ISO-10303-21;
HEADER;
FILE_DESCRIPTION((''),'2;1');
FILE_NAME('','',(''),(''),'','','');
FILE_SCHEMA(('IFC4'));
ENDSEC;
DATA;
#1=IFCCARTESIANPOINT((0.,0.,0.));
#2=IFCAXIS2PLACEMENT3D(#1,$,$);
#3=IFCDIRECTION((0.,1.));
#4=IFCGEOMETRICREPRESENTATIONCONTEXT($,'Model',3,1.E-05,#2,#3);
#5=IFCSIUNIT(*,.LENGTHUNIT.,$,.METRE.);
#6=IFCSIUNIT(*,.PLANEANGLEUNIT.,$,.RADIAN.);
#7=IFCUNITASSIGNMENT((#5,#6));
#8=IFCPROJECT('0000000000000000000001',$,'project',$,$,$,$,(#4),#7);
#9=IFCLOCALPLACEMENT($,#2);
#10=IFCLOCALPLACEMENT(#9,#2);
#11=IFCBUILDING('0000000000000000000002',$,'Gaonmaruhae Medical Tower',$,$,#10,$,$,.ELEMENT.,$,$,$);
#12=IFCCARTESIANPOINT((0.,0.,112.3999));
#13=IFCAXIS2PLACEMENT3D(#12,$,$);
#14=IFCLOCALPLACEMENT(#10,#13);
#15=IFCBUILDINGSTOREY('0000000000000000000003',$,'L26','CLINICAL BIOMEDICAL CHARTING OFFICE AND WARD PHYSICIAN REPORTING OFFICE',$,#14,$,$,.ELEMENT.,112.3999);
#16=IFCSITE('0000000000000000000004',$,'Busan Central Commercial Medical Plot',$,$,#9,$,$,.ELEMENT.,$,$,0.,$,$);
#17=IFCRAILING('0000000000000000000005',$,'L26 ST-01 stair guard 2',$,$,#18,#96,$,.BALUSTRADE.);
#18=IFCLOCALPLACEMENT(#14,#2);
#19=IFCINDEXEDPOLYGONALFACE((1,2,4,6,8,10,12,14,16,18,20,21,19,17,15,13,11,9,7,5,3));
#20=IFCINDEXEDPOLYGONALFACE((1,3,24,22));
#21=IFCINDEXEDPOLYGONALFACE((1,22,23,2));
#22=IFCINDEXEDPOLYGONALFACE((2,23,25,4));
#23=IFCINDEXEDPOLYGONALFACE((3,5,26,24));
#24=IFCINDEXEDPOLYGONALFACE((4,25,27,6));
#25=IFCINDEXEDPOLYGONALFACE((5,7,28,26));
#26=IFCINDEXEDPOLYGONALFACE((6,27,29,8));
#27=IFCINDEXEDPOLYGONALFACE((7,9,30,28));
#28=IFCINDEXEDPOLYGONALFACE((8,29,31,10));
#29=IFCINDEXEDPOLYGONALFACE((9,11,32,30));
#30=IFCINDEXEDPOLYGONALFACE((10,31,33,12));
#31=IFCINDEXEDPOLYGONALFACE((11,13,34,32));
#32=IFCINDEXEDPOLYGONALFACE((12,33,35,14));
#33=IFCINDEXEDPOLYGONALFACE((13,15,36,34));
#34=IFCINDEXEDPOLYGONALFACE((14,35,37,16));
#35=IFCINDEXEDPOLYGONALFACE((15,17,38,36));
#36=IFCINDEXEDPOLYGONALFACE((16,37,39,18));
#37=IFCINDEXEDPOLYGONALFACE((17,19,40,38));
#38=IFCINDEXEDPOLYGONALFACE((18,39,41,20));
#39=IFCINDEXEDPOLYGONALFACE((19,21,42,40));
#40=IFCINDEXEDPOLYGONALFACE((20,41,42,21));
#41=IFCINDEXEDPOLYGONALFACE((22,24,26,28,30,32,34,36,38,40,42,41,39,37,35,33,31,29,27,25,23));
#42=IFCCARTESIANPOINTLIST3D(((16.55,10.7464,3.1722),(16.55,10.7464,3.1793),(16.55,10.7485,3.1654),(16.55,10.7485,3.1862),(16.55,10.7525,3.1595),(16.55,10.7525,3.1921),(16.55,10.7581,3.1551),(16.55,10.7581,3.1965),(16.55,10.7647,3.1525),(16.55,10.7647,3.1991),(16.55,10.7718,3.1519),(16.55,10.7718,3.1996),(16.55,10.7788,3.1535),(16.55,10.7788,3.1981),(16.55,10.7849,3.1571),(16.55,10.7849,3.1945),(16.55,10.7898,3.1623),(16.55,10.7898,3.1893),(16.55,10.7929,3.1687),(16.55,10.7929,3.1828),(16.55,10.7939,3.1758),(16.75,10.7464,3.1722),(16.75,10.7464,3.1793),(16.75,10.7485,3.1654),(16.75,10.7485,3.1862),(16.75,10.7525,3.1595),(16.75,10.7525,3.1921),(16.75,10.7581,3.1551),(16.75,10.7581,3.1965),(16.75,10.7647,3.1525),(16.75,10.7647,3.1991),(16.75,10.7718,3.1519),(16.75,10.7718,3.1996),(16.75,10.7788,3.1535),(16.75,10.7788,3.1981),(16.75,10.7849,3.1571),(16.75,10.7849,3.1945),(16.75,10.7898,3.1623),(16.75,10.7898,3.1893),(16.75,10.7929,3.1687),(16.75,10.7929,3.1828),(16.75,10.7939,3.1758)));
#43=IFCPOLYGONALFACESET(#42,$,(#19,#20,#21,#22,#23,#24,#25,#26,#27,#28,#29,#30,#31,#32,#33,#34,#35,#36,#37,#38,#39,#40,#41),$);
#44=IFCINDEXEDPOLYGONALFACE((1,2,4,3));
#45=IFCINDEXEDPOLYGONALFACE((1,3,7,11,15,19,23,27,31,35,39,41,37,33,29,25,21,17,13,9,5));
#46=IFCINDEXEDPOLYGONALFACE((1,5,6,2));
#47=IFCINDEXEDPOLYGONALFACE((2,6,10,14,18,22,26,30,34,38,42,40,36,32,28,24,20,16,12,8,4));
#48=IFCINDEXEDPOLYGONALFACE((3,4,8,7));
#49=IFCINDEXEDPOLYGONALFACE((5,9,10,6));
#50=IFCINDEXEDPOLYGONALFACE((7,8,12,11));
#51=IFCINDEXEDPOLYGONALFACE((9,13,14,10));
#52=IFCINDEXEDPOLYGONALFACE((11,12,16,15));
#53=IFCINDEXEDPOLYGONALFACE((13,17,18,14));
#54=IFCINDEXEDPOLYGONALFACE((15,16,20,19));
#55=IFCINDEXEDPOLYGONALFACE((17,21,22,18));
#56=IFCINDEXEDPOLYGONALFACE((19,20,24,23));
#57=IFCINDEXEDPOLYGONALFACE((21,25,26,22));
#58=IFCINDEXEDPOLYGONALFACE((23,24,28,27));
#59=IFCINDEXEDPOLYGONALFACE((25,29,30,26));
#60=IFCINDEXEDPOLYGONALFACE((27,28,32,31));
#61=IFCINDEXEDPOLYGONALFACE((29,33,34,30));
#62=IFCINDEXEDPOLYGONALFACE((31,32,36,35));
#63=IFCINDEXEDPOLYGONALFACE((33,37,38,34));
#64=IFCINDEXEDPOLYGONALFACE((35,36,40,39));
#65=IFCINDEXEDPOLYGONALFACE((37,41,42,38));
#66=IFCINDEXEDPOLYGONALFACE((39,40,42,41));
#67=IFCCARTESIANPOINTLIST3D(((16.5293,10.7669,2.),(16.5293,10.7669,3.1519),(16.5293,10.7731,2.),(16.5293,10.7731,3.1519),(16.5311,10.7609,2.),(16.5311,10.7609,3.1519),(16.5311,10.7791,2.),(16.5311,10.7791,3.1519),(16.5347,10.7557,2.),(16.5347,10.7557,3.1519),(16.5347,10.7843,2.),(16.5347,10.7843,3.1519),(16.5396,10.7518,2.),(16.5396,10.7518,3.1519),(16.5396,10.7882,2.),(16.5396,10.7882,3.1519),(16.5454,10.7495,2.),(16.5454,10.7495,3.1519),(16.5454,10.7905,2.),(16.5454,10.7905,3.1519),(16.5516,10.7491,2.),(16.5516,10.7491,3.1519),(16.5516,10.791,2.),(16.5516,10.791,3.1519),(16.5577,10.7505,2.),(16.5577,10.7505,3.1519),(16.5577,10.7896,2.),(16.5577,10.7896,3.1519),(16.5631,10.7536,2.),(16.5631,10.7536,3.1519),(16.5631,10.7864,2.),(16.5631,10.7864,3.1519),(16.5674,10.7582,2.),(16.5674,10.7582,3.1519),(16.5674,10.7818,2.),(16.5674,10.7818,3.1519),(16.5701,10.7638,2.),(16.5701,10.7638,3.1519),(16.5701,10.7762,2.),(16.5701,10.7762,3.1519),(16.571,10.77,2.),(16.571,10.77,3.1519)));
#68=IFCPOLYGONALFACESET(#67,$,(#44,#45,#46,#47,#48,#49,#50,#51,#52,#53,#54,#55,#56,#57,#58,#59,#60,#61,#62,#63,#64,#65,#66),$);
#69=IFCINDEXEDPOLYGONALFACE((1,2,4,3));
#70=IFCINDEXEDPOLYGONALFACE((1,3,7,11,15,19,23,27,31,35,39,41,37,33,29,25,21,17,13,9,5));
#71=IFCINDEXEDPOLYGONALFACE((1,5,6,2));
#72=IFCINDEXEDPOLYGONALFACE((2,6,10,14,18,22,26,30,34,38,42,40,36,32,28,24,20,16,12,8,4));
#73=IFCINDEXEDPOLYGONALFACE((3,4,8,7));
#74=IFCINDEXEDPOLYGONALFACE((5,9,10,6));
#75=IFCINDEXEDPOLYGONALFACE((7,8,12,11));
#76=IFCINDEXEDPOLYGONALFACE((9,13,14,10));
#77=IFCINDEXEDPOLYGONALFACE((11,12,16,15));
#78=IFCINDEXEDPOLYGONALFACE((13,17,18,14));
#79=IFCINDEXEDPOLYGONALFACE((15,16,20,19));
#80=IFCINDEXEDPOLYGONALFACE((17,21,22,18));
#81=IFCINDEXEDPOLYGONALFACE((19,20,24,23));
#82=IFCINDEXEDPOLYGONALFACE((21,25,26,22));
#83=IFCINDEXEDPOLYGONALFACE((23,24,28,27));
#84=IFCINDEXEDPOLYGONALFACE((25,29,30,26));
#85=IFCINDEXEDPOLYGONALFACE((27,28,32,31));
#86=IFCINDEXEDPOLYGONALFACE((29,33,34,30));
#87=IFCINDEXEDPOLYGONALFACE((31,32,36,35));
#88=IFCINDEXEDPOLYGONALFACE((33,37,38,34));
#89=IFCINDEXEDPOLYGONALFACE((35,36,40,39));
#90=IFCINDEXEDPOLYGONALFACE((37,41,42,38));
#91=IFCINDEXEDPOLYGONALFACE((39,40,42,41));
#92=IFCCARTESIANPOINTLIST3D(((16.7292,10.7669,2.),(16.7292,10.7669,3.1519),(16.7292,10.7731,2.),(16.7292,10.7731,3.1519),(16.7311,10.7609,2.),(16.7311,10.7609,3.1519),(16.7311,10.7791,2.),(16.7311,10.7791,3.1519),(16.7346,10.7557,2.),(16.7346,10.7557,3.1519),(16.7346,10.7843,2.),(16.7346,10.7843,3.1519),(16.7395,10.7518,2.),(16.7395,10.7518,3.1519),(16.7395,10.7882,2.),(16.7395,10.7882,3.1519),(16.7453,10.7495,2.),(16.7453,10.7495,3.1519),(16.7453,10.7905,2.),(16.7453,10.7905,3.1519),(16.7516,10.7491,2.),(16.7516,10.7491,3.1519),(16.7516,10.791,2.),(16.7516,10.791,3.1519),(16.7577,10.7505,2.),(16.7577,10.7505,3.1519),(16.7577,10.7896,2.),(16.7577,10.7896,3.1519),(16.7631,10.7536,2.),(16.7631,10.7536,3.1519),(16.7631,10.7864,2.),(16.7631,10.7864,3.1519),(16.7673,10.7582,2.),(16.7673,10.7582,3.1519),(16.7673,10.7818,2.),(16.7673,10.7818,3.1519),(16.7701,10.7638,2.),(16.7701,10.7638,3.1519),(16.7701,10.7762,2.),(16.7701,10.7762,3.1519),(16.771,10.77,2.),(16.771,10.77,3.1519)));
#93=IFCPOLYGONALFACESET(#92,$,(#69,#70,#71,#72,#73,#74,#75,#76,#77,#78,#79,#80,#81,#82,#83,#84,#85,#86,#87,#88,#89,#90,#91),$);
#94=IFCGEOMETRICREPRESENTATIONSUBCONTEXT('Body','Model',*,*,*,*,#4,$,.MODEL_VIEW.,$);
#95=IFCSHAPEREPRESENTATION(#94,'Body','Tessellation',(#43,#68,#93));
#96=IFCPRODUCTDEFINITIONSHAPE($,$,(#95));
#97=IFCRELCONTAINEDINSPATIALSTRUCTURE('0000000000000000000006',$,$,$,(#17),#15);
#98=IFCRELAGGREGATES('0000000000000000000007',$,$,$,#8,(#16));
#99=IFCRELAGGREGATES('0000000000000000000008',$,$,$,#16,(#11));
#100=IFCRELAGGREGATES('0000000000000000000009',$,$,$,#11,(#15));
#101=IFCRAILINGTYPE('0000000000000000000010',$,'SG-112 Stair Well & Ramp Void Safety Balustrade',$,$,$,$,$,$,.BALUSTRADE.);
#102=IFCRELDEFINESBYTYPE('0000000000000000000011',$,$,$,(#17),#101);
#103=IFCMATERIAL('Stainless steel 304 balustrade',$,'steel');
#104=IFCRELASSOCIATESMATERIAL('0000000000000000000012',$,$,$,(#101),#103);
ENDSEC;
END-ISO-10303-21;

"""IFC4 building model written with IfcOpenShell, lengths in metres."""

from ifc_helpers import new_model, si_unit, direction, frame, origin, origin_2d, place, context, subcontext, project, spatial, circle, extrude, material, type_object, element, save


model = new_model("IFC4")

# Units and contexts
model_context = context("Model", 3, precision=1e-05, world=origin(), true_north=direction((0.0, 1.0)))
body_context = subcontext(model_context, "Body", "Model", "MODEL_VIEW")
ifc_project = project(units=[si_unit("LENGTHUNIT", "METRE"), si_unit("PLANEANGLEUNIT", "RADIAN")], contexts=[model_context])

# Site, building, storey
site_placement = place(None, origin())
site = spatial("IfcSite", under=ifc_project, at=site_placement, Name="Busan Central Commercial Medical Plot", CompositionType="ELEMENT", RefElevation=0.0)
building_placement = place(site_placement, origin())
building = spatial("IfcBuilding", under=site, at=building_placement, Name="Gaonmaruhae Medical Tower", CompositionType="ELEMENT")
storey_placement = place(building_placement, frame((0.0, 0.0, 112.3999)))
storey = spatial("IfcBuildingStorey", under=building, at=storey_placement, Name="L26", Description="CLINICAL BIOMEDICAL CHARTING OFFICE AND WARD PHYSICIAN REPORTING OFFICE", CompositionType="ELEMENT", Elevation=112.3999)

# Railing
ifc_material_1 = material(Name="Stainless steel 304 balustrade", Category="steel")
railing_type_1 = type_object("IfcRailingType", Name="SG-112 Stair Well & Ramp Void Safety Balustrade", PredefinedType="BALUSTRADE", material=ifc_material_1)
railing_1_placement = place(storey_placement, frame((16.55, 10.77, 2.0)))
element("IfcRailing", 1, at=railing_1_placement, inside=storey, type_object=railing_type_1, Name="L26 ST-01 stair guard 2", PredefinedType="BALUSTRADE", context=body_context, shape_type="SweptSolid", body=[
    extrude(circle(Radius=0.0239, at=origin_2d()), frame((0.0, 0.0, 1.1758), z_axis=(1.0, 0.0, 0.0), x_axis=(0.0, 1.0, 0.0)), (0.0, 0.0, 1.0), 0.2),
    extrude(circle(Radius=0.021, at=origin_2d()), origin(), (0.0, 0.0, 1.0), 1.1519),
    extrude(circle(Radius=0.021, at=origin_2d()), frame((0.2, 0.0, 0.0)), (0.0, 0.0, 1.0), 1.1519),
])

save(model, "model.ifc")
